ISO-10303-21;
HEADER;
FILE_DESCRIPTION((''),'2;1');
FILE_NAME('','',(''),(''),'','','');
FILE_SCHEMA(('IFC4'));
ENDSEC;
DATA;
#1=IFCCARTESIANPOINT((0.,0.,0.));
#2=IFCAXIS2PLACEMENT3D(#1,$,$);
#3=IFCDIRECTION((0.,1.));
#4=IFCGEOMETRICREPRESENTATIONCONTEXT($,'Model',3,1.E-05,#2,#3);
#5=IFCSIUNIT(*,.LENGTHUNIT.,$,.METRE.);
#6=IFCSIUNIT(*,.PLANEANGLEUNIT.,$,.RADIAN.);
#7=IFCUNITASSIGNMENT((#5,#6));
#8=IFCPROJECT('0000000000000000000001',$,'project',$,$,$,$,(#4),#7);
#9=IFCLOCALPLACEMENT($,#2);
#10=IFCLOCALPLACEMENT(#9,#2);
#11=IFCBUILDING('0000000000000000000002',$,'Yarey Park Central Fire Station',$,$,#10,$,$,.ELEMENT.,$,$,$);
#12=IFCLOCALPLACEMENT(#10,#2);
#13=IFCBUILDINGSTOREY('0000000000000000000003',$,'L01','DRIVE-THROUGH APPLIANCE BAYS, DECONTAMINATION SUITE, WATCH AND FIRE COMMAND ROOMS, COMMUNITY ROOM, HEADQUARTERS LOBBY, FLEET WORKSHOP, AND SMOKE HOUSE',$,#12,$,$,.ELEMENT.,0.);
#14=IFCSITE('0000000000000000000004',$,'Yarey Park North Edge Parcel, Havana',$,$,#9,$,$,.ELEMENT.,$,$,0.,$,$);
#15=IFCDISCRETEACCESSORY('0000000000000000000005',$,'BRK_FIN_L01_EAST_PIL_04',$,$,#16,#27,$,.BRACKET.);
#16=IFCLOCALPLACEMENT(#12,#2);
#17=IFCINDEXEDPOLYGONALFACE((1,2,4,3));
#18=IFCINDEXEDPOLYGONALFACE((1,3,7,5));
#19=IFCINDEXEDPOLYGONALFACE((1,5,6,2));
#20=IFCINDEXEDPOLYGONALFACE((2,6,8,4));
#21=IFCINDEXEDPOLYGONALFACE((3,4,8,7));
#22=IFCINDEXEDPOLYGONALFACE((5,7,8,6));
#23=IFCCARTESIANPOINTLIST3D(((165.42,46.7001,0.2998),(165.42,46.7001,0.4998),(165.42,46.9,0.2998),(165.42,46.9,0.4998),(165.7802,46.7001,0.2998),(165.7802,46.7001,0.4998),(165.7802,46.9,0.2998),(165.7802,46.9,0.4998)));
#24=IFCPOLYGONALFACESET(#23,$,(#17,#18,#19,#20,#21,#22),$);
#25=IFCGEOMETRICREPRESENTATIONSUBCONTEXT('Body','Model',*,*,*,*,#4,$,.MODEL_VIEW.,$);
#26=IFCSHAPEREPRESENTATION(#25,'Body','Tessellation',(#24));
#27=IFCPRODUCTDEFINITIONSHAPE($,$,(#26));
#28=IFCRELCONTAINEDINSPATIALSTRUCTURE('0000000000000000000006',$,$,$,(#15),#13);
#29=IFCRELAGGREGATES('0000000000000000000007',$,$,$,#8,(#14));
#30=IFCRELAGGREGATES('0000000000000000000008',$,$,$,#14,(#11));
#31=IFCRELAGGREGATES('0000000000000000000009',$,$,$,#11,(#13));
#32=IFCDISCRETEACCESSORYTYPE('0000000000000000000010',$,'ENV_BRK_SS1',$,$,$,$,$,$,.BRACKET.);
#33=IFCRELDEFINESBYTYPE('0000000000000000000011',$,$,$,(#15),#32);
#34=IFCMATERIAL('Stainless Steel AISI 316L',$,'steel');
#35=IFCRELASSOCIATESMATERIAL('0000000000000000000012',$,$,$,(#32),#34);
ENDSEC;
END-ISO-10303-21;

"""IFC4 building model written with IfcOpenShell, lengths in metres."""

from ifc_helpers import new_model, si_unit, direction, frame, origin, origin_2d, place, context, subcontext, project, spatial, rectangle, extrude, material, type_object, element, save


model = new_model("IFC4")

# Units and contexts
model_context = context("Model", 3, precision=1e-05, world=origin(), true_north=direction((0.0, 1.0)))
body_context = subcontext(model_context, "Body", "Model", "MODEL_VIEW")
ifc_project = project(units=[si_unit("LENGTHUNIT", "METRE"), si_unit("PLANEANGLEUNIT", "RADIAN")], contexts=[model_context])

# Site, building, storey
site_placement = place(None, origin())
site = spatial("IfcSite", under=ifc_project, at=site_placement, Name="Yarey Park North Edge Parcel, Havana", CompositionType="ELEMENT", RefElevation=0.0)
building_placement = place(site_placement, origin())
building = spatial("IfcBuilding", under=site, at=building_placement, Name="Yarey Park Central Fire Station", CompositionType="ELEMENT")
storey_placement = place(building_placement, origin())
storey = spatial("IfcBuildingStorey", under=building, at=storey_placement, Name="L01", Description="DRIVE-THROUGH APPLIANCE BAYS, DECONTAMINATION SUITE, WATCH AND FIRE COMMAND ROOMS, COMMUNITY ROOM, HEADQUARTERS LOBBY, FLEET WORKSHOP, AND SMOKE HOUSE", CompositionType="ELEMENT", Elevation=0.0)

# Shared definitions
ifc_material_1 = material(Name="Stainless Steel AISI 316L", Category="steel")

# Discrete accessory
discrete_accessory_type = type_object("IfcDiscreteAccessoryType", Name="ENV_BRK_SS1", PredefinedType="BRACKET", material=ifc_material_1)
discrete_accessory_1_placement = place(storey_placement, frame((165.6001, 46.8, 0.2998), z_axis=(0.0, 0.0, 1.0), x_axis=(1.0, 0.0, 0.0)))
element("IfcDiscreteAccessory", 1, at=discrete_accessory_1_placement, inside=storey, type_object=discrete_accessory_type, Name="BRK_FIN_L01_EAST_PIL_04", PredefinedType="BRACKET", context=body_context, shape_type="SweptSolid", body=[
    extrude(rectangle(XDim=0.3601, YDim=0.2, at=origin_2d()), origin(), (0.0, 0.0, 1.0), 0.2),
])

save(model, "model.ifc")
